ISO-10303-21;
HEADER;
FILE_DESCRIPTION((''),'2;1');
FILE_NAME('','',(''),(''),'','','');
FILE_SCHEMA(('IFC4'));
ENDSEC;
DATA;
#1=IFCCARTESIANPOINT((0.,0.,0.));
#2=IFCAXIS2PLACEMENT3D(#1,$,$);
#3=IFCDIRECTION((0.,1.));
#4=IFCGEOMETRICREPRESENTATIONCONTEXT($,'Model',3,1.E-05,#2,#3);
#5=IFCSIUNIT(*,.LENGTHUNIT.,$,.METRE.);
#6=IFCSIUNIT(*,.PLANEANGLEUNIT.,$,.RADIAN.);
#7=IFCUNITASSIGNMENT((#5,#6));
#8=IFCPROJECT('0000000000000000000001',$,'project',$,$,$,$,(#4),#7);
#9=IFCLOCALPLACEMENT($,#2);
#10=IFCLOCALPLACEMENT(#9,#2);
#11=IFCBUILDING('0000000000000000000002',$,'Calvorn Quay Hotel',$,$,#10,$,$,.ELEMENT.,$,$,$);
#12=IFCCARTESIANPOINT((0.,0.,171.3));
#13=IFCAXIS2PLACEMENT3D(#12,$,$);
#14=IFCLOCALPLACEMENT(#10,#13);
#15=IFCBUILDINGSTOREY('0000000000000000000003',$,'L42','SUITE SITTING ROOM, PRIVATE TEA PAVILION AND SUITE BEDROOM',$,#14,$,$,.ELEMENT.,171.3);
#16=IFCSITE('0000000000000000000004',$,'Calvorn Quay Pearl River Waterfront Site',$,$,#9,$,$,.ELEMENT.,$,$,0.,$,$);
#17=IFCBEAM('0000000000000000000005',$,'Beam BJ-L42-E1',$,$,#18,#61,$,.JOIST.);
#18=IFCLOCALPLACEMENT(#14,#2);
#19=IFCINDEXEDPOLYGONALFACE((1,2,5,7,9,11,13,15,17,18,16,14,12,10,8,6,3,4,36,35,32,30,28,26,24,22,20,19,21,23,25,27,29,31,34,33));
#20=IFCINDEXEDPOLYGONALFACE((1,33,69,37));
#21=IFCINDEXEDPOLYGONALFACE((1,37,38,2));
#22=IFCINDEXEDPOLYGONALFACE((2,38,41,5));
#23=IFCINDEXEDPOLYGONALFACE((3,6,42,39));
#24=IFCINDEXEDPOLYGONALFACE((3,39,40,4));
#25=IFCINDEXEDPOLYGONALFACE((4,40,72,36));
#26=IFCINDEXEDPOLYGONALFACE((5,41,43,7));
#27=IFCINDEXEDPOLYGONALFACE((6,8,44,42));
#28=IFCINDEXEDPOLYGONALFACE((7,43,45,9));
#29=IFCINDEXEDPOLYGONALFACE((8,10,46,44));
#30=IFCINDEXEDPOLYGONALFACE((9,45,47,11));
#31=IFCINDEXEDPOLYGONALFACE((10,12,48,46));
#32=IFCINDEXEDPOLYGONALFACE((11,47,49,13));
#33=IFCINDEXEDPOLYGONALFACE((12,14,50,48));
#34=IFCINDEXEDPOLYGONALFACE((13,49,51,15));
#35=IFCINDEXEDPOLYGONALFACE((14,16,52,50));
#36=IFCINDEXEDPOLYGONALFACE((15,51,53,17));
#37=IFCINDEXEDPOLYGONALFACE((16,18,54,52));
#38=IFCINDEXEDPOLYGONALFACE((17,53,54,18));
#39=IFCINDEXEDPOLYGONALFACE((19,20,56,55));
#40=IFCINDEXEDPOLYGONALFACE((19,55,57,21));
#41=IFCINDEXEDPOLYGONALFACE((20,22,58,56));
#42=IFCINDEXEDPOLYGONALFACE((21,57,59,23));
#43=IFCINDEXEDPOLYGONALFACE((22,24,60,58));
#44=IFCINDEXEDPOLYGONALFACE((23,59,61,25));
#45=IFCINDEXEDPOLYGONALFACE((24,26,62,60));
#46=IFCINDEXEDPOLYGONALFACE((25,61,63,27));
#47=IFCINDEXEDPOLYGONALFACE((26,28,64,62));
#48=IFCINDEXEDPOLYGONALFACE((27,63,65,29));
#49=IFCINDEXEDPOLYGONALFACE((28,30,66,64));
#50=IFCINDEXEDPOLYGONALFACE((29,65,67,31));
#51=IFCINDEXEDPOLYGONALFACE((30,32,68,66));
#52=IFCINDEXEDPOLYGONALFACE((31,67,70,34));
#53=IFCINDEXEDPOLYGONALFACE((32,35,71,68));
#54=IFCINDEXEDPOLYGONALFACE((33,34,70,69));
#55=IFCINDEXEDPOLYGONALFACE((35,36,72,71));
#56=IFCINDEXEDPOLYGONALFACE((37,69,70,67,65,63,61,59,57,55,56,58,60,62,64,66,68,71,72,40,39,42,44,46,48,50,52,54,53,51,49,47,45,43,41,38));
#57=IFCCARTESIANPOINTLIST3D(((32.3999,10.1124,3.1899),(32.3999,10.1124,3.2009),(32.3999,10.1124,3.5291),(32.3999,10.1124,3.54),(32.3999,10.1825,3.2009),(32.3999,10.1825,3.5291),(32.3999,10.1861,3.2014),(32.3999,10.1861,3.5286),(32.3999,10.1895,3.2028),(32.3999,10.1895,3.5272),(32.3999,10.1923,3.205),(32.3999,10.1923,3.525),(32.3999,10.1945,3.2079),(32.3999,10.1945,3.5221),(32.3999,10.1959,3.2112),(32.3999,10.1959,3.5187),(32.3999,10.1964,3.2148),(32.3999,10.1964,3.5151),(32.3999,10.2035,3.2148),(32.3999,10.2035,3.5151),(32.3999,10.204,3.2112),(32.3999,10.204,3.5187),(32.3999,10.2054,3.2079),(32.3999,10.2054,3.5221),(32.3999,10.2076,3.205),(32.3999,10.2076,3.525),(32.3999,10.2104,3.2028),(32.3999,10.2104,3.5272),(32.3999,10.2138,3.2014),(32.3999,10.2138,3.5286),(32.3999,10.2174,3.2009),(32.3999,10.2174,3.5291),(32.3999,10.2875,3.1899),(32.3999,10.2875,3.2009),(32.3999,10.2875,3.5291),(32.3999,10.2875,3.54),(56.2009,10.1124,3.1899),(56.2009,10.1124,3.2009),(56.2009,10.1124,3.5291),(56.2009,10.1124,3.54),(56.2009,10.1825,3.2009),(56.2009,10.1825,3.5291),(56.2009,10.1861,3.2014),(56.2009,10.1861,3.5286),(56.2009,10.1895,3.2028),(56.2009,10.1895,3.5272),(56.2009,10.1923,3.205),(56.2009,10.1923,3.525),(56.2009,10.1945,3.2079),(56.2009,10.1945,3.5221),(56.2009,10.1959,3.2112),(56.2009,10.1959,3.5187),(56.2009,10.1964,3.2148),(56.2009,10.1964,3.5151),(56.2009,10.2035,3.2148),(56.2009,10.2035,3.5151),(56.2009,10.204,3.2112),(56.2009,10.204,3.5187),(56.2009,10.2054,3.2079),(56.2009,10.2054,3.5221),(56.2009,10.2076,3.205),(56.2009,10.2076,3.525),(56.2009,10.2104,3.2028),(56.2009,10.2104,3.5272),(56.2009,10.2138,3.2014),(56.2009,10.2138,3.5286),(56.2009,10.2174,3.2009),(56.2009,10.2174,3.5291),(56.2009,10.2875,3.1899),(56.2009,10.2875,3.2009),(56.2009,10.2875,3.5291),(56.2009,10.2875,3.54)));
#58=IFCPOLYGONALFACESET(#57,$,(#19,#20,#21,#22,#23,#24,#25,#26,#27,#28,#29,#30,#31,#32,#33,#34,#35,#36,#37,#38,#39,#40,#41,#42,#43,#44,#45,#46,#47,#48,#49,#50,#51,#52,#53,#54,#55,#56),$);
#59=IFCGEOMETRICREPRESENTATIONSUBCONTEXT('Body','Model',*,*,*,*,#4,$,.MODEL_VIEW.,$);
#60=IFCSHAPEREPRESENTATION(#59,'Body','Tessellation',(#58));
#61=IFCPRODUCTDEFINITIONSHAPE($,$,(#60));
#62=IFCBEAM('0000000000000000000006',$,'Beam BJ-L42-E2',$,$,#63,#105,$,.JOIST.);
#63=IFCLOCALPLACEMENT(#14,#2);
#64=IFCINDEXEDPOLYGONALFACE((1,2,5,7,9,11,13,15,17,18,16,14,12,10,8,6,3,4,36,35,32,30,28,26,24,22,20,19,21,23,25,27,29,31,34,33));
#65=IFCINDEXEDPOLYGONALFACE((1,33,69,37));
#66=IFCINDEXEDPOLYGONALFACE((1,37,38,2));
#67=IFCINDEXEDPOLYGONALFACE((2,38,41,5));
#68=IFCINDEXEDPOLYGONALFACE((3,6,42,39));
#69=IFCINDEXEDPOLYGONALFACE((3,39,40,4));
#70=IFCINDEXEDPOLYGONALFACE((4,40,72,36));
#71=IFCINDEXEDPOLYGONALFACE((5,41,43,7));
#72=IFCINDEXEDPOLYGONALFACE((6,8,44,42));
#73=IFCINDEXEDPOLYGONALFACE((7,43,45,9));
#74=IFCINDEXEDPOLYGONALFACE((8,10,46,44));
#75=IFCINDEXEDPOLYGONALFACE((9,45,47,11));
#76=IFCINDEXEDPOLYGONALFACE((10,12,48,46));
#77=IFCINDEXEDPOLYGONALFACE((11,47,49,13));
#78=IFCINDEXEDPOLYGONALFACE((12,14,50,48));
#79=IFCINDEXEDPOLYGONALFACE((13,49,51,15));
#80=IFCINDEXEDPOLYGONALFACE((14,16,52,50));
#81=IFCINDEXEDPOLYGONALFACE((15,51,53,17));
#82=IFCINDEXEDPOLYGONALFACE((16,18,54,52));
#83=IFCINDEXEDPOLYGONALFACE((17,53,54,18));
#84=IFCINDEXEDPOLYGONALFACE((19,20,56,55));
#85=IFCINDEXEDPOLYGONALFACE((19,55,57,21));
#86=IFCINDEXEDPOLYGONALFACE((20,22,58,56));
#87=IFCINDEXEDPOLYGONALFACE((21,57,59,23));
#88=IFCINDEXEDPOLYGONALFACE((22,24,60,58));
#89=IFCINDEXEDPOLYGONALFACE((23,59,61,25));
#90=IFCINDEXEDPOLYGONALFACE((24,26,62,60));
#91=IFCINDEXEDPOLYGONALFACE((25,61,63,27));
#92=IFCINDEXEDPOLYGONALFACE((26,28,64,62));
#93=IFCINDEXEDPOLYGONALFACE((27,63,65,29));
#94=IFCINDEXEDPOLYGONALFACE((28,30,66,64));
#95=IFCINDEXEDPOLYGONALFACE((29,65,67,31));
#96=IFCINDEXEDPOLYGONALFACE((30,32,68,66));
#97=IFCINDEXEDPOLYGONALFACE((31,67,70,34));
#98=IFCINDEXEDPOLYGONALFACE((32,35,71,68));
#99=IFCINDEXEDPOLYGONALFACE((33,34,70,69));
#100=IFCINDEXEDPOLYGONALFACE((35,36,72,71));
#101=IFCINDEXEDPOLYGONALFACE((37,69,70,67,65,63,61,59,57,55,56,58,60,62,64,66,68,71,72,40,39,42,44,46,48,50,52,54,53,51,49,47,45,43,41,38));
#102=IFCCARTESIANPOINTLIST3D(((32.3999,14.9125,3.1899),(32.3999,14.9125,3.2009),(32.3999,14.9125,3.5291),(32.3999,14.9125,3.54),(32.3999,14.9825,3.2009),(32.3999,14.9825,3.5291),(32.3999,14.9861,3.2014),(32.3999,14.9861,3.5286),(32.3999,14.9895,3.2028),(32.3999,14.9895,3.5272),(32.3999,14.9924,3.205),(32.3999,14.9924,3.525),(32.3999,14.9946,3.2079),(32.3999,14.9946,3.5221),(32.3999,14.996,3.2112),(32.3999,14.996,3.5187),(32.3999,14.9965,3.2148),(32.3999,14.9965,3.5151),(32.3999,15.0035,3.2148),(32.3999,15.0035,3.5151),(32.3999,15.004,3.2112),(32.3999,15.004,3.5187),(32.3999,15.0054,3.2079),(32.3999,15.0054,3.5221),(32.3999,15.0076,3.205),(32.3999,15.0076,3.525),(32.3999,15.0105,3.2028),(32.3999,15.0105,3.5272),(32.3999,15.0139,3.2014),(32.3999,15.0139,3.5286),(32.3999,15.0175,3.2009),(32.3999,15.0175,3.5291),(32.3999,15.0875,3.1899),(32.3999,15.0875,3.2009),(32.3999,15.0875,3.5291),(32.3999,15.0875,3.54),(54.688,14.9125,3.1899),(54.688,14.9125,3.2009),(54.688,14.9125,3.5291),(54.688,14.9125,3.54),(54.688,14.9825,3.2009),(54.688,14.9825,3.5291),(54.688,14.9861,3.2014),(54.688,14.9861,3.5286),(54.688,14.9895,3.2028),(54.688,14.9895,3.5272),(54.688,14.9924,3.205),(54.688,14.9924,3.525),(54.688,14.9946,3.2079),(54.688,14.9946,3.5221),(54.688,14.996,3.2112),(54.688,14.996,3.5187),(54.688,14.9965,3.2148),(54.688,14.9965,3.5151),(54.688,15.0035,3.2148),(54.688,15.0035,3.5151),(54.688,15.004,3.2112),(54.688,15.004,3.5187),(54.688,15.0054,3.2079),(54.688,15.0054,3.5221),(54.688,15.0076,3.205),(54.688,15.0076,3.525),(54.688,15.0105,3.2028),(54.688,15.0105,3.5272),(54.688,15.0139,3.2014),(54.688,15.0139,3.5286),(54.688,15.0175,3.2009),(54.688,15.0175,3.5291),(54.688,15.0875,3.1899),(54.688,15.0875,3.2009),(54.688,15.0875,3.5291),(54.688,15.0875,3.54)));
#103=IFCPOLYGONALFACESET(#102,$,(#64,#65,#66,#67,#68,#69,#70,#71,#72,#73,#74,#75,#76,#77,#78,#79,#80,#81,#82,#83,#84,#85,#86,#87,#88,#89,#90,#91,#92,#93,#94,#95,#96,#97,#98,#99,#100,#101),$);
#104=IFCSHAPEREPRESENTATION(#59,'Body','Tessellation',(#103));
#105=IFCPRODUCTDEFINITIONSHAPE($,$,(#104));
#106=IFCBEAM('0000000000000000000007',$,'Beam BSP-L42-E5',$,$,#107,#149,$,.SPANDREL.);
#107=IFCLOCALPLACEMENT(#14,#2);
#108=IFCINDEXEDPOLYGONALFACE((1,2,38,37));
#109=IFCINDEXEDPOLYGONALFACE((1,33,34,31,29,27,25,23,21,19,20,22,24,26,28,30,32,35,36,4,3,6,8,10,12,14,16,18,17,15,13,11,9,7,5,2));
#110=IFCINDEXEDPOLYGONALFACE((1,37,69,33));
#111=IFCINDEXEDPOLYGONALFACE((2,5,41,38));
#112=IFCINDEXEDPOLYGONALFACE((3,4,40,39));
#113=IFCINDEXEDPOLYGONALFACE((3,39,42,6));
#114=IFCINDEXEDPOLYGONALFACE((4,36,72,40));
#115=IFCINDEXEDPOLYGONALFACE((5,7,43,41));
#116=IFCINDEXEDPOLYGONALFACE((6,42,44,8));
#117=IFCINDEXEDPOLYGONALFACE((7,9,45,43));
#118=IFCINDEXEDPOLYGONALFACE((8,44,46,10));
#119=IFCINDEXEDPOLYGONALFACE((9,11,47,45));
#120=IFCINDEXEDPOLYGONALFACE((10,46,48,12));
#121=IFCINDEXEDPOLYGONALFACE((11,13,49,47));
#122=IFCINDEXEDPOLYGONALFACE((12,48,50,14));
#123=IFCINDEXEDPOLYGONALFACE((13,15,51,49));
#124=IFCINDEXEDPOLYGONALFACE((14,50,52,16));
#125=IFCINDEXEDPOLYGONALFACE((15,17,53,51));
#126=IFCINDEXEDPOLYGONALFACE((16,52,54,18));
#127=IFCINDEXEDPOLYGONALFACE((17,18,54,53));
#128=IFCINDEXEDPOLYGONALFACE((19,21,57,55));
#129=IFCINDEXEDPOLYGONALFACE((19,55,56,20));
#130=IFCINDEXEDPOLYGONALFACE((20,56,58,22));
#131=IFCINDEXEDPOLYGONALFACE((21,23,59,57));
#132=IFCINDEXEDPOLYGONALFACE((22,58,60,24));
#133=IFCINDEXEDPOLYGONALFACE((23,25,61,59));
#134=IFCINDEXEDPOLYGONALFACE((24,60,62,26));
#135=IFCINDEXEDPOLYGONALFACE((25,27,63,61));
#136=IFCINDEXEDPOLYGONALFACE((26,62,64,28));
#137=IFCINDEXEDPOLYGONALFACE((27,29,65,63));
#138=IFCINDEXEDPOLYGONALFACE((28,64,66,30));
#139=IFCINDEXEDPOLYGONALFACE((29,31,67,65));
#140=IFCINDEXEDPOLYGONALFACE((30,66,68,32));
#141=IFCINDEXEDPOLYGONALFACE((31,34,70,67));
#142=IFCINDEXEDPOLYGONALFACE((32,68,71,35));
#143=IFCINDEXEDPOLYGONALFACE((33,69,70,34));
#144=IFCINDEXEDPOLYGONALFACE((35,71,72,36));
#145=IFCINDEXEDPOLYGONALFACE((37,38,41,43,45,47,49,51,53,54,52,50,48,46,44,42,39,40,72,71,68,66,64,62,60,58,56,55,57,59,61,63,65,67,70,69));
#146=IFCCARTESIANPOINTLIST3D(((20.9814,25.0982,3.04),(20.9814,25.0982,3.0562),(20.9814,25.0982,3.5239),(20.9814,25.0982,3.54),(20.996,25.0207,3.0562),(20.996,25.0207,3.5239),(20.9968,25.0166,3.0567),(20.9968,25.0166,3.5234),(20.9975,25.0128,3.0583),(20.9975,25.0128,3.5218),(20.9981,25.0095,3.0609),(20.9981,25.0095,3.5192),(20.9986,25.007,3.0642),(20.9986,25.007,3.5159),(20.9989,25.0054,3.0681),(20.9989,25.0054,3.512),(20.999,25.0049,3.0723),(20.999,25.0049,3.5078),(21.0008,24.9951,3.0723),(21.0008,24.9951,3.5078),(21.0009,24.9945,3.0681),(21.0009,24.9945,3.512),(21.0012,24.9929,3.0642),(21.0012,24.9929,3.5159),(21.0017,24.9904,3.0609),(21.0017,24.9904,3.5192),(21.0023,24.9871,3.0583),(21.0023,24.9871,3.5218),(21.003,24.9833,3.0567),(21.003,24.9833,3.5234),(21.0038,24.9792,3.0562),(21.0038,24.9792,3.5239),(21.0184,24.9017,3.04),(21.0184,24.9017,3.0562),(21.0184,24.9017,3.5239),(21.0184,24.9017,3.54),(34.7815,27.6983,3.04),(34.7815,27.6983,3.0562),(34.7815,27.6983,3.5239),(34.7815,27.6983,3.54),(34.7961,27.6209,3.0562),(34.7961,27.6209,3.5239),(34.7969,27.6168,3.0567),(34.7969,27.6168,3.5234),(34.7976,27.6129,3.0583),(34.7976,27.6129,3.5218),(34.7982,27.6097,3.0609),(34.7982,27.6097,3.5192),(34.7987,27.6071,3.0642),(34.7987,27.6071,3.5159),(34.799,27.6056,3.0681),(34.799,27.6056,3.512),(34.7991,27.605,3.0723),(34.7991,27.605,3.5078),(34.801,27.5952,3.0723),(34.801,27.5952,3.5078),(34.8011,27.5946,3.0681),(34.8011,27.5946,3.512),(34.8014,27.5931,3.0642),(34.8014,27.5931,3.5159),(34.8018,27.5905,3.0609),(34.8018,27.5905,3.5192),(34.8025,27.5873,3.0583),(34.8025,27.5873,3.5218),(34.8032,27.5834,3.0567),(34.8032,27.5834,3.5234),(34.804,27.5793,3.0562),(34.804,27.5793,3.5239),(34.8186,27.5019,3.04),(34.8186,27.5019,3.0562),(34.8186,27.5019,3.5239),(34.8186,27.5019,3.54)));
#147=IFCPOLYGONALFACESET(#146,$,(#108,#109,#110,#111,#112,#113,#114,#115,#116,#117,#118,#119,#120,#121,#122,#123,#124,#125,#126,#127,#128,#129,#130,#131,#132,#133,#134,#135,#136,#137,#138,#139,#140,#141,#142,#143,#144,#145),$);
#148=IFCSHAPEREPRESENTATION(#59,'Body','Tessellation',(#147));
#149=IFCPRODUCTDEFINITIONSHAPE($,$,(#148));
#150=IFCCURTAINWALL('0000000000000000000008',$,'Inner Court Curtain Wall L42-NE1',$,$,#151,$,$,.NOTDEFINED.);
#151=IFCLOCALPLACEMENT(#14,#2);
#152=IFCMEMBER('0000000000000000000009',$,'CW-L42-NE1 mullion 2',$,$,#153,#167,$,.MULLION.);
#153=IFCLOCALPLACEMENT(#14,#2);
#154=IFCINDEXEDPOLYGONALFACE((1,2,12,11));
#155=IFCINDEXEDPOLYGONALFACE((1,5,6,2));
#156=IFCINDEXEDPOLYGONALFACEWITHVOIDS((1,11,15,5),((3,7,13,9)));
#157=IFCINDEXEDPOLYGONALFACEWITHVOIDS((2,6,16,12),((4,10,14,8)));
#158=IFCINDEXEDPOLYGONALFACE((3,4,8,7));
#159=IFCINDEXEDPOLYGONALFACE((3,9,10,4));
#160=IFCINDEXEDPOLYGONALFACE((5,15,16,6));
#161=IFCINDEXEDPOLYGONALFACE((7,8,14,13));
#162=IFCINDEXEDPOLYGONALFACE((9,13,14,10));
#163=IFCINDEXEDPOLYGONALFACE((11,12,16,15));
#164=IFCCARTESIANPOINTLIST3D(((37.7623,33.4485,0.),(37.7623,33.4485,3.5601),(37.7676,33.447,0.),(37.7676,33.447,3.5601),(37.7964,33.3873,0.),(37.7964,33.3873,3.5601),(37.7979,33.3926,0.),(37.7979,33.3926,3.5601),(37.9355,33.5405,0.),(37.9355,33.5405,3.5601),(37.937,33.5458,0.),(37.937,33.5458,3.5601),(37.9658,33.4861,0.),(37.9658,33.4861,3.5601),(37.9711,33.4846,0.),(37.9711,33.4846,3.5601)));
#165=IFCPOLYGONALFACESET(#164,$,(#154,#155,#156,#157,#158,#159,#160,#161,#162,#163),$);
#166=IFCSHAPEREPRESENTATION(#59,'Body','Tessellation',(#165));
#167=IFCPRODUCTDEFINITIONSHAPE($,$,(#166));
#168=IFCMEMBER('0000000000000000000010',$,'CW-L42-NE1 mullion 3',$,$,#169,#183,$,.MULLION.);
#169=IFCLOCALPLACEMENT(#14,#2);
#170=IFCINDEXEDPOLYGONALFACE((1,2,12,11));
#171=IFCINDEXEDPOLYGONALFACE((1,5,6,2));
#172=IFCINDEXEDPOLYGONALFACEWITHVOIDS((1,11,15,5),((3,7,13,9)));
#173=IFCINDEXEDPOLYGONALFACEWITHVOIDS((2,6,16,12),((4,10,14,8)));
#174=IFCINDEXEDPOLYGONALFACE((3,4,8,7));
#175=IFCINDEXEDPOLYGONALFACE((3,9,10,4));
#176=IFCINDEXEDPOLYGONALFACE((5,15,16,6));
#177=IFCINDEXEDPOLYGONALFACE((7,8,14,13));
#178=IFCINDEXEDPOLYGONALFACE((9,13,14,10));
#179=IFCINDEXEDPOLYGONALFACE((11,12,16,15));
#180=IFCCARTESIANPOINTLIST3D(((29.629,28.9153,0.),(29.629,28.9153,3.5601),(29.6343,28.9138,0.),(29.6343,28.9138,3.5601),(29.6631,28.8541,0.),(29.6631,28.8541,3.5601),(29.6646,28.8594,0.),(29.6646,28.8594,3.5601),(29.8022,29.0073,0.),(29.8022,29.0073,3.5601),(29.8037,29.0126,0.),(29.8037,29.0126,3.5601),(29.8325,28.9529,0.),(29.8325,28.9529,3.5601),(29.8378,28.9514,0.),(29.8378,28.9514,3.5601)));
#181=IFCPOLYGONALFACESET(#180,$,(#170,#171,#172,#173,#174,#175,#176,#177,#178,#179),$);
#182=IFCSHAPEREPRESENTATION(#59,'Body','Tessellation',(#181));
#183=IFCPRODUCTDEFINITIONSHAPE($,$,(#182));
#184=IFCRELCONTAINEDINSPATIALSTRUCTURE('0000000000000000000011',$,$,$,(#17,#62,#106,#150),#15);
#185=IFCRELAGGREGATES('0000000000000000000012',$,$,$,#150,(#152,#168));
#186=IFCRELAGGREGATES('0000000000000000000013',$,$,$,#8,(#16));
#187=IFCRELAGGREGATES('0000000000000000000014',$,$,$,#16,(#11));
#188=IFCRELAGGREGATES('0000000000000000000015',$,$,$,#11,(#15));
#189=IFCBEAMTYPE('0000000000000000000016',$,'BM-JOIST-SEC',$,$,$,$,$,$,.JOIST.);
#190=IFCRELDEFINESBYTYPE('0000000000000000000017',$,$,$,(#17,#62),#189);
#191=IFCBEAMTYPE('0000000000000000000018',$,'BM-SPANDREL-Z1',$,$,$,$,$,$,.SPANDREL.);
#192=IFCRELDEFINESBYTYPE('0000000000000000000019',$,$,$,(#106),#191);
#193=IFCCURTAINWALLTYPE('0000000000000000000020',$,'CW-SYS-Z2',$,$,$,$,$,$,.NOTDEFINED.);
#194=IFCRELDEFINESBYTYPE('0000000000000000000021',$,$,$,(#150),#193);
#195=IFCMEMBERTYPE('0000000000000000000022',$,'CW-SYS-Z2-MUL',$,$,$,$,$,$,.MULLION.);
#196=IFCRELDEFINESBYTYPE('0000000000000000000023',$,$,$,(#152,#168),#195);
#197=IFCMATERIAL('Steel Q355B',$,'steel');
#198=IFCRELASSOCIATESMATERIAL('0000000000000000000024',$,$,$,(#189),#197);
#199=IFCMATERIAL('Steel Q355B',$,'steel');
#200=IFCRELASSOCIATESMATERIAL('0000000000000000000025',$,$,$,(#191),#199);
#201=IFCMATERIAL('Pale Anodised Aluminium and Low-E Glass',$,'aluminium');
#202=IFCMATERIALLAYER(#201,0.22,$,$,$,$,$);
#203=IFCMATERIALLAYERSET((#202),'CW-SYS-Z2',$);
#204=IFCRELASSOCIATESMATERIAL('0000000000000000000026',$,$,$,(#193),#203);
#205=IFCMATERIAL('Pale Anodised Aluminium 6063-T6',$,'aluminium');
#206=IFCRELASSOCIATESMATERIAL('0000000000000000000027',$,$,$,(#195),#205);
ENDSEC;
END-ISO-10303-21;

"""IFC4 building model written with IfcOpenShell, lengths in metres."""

from ifc_helpers import new_model, si_unit, direction, frame, origin, origin_2d, place, context, subcontext, project, spatial, hollow_rectangle, i_section, extrude, material, layer, layer_set, material_profile, profile_set, type_object, element, aggregate, save


model = new_model("IFC4")

# Units and contexts
model_context = context("Model", 3, precision=1e-05, world=origin(), true_north=direction((0.0, 1.0)))
body_context = subcontext(model_context, "Body", "Model", "MODEL_VIEW")
ifc_project = project(units=[si_unit("LENGTHUNIT", "METRE"), si_unit("PLANEANGLEUNIT", "RADIAN")], contexts=[model_context])

# Site, building, storey
site_placement = place(None, origin())
site = spatial("IfcSite", under=ifc_project, at=site_placement, Name="Calvorn Quay Pearl River Waterfront Site", CompositionType="ELEMENT", RefElevation=0.0)
building_placement = place(site_placement, origin())
building = spatial("IfcBuilding", under=site, at=building_placement, Name="Calvorn Quay Hotel", CompositionType="ELEMENT")
storey_placement = place(building_placement, frame((0.0, 0.0, 171.3)))
storey = spatial("IfcBuildingStorey", under=building, at=storey_placement, Name="L42", Description="SUITE SITTING ROOM, PRIVATE TEA PAVILION AND SUITE BEDROOM", CompositionType="ELEMENT", Elevation=171.3)

# Beams
ifc_material_1 = material(Name="Steel Q355B", Category="steel")
ifc_material_profile_1 = material_profile(ifc_material_1, i_section(OverallWidth=0.175, OverallDepth=0.3501, WebThickness=0.0071, FlangeThickness=0.011, FilletRadius=0.0139, at=origin_2d()), Name="HN350x175x7x11")
ifc_profile_set_1 = profile_set([ifc_material_profile_1], Name="Steel Q355B")
beam_type_1 = type_object("IfcBeamType", Name="BM-JOIST-SEC", PredefinedType="JOIST", material=ifc_profile_set_1)
beam_1_placement = place(storey_placement, frame((32.3999, 10.2, 3.365), z_axis=(1.0, 0.0, 0.0), x_axis=(0.0, 1.0, 0.0)))
element("IfcBeam", 1, at=beam_1_placement, inside=storey, type_object=beam_type_1, Name="Beam BJ-L42-E1", PredefinedType="JOIST", context=body_context, shape_type="SweptSolid", body=[
    extrude(i_section(OverallWidth=0.175, OverallDepth=0.3501, WebThickness=0.0071, FlangeThickness=0.011, FilletRadius=0.0139, at=origin_2d()), origin(), (0.0, 0.0, 1.0), 23.801),
])
beam_2_placement = place(storey_placement, frame((32.3999, 15.0, 3.365), z_axis=(1.0, 0.0, 0.0), x_axis=(0.0, 1.0, 0.0)))
element("IfcBeam", 2, at=beam_2_placement, inside=storey, type_object=beam_type_1, Name="Beam BJ-L42-E2", PredefinedType="JOIST", context=body_context, shape_type="SweptSolid", body=[
    extrude(i_section(OverallWidth=0.175, OverallDepth=0.3501, WebThickness=0.0071, FlangeThickness=0.011, FilletRadius=0.0139, at=origin_2d()), origin(), (0.0, 0.0, 1.0), 22.2881),
])
ifc_material_2 = material(Name="Steel Q355B", Category="steel")
ifc_material_profile_2 = material_profile(ifc_material_2, i_section(OverallWidth=0.2, OverallDepth=0.5, WebThickness=0.01, FlangeThickness=0.0161, FilletRadius=0.0161, at=origin_2d()), Name="HN500x200x10x16")
ifc_profile_set_2 = profile_set([ifc_material_profile_2], Name="Steel Q355B")
beam_type_2 = type_object("IfcBeamType", Name="BM-SPANDREL-Z1", PredefinedType="SPANDREL", material=ifc_profile_set_2)
beam_3_placement = place(storey_placement, frame((34.8, 27.6001, 3.29), z_axis=(-0.982709, -0.185154, 0.0), x_axis=(0.185154, -0.982709, 0.0)))
element("IfcBeam", 3, at=beam_3_placement, inside=storey, type_object=beam_type_2, Name="Beam BSP-L42-E5", PredefinedType="SPANDREL", context=body_context, shape_type="SweptSolid", body=[
    extrude(i_section(OverallWidth=0.2, OverallDepth=0.5, WebThickness=0.01, FlangeThickness=0.0161, FilletRadius=0.0161, at=origin_2d()), origin(), (0.0, 0.0, 1.0), 14.043),
])

# Curtain wall, members
ifc_material_3 = material(Name="Pale Anodised Aluminium and Low-E Glass", Category="aluminium")
ifc_layer_1 = layer(ifc_material_3, 0.22)
ifc_layer_set_1 = layer_set([ifc_layer_1], Name="CW-SYS-Z2")
curtain_wall_type = type_object("IfcCurtainWallType", Name="CW-SYS-Z2", PredefinedType="NOTDEFINED", material=ifc_layer_set_1)
curtain_wall_placement = place(storey_placement, origin())
curtain_wall = element("IfcCurtainWall", 4, at=curtain_wall_placement, inside=storey, type_object=curtain_wall_type, Name="Inner Court Curtain Wall L42-NE1", PredefinedType="NOTDEFINED")
ifc_material_4 = material(Name="Pale Anodised Aluminium 6063-T6", Category="aluminium")
ifc_material_profile_3 = material_profile(ifc_material_4, hollow_rectangle(XDim=0.0701, YDim=0.2, WallThickness=0.0039, at=origin_2d()), Name="ALU-M200x70x4")
ifc_profile_set_3 = profile_set([ifc_material_profile_3], Name="Pale Anodised Aluminium 6063-T6")
member_type_1 = type_object("IfcMemberType", Name="CW-SYS-Z2-MUL", PredefinedType="MULLION", material=ifc_profile_set_3)
member_1_placement = place(storey_placement, frame((37.8667, 33.4666, 0.0), z_axis=(0.0, 0.0, 1.0), x_axis=(0.486858, -0.873481, 0.0)))
member_1 = element("IfcMember", 5, at=member_1_placement, type_object=member_type_1, Name="CW-L42-NE1 mullion 2", PredefinedType="MULLION", context=body_context, shape_type="SweptSolid", body=[
    extrude(hollow_rectangle(XDim=0.0701, YDim=0.2, WallThickness=0.0039, at=origin_2d()), origin(), (0.0, 0.0, 1.0), 3.5601),
])
member_2_placement = place(storey_placement, frame((29.7334, 28.9333, 0.0), z_axis=(0.0, 0.0, 1.0), x_axis=(0.486858, -0.873481, 0.0)))
member_2 = element("IfcMember", 6, at=member_2_placement, type_object=member_type_1, Name="CW-L42-NE1 mullion 3", PredefinedType="MULLION", context=body_context, shape_type="SweptSolid", body=[
    extrude(hollow_rectangle(XDim=0.0701, YDim=0.2, WallThickness=0.0039, at=origin_2d()), origin(), (0.0, 0.0, 1.0), 3.5601),
])
aggregate(curtain_wall, [member_1, member_2])

save(model, "model.ifc")
